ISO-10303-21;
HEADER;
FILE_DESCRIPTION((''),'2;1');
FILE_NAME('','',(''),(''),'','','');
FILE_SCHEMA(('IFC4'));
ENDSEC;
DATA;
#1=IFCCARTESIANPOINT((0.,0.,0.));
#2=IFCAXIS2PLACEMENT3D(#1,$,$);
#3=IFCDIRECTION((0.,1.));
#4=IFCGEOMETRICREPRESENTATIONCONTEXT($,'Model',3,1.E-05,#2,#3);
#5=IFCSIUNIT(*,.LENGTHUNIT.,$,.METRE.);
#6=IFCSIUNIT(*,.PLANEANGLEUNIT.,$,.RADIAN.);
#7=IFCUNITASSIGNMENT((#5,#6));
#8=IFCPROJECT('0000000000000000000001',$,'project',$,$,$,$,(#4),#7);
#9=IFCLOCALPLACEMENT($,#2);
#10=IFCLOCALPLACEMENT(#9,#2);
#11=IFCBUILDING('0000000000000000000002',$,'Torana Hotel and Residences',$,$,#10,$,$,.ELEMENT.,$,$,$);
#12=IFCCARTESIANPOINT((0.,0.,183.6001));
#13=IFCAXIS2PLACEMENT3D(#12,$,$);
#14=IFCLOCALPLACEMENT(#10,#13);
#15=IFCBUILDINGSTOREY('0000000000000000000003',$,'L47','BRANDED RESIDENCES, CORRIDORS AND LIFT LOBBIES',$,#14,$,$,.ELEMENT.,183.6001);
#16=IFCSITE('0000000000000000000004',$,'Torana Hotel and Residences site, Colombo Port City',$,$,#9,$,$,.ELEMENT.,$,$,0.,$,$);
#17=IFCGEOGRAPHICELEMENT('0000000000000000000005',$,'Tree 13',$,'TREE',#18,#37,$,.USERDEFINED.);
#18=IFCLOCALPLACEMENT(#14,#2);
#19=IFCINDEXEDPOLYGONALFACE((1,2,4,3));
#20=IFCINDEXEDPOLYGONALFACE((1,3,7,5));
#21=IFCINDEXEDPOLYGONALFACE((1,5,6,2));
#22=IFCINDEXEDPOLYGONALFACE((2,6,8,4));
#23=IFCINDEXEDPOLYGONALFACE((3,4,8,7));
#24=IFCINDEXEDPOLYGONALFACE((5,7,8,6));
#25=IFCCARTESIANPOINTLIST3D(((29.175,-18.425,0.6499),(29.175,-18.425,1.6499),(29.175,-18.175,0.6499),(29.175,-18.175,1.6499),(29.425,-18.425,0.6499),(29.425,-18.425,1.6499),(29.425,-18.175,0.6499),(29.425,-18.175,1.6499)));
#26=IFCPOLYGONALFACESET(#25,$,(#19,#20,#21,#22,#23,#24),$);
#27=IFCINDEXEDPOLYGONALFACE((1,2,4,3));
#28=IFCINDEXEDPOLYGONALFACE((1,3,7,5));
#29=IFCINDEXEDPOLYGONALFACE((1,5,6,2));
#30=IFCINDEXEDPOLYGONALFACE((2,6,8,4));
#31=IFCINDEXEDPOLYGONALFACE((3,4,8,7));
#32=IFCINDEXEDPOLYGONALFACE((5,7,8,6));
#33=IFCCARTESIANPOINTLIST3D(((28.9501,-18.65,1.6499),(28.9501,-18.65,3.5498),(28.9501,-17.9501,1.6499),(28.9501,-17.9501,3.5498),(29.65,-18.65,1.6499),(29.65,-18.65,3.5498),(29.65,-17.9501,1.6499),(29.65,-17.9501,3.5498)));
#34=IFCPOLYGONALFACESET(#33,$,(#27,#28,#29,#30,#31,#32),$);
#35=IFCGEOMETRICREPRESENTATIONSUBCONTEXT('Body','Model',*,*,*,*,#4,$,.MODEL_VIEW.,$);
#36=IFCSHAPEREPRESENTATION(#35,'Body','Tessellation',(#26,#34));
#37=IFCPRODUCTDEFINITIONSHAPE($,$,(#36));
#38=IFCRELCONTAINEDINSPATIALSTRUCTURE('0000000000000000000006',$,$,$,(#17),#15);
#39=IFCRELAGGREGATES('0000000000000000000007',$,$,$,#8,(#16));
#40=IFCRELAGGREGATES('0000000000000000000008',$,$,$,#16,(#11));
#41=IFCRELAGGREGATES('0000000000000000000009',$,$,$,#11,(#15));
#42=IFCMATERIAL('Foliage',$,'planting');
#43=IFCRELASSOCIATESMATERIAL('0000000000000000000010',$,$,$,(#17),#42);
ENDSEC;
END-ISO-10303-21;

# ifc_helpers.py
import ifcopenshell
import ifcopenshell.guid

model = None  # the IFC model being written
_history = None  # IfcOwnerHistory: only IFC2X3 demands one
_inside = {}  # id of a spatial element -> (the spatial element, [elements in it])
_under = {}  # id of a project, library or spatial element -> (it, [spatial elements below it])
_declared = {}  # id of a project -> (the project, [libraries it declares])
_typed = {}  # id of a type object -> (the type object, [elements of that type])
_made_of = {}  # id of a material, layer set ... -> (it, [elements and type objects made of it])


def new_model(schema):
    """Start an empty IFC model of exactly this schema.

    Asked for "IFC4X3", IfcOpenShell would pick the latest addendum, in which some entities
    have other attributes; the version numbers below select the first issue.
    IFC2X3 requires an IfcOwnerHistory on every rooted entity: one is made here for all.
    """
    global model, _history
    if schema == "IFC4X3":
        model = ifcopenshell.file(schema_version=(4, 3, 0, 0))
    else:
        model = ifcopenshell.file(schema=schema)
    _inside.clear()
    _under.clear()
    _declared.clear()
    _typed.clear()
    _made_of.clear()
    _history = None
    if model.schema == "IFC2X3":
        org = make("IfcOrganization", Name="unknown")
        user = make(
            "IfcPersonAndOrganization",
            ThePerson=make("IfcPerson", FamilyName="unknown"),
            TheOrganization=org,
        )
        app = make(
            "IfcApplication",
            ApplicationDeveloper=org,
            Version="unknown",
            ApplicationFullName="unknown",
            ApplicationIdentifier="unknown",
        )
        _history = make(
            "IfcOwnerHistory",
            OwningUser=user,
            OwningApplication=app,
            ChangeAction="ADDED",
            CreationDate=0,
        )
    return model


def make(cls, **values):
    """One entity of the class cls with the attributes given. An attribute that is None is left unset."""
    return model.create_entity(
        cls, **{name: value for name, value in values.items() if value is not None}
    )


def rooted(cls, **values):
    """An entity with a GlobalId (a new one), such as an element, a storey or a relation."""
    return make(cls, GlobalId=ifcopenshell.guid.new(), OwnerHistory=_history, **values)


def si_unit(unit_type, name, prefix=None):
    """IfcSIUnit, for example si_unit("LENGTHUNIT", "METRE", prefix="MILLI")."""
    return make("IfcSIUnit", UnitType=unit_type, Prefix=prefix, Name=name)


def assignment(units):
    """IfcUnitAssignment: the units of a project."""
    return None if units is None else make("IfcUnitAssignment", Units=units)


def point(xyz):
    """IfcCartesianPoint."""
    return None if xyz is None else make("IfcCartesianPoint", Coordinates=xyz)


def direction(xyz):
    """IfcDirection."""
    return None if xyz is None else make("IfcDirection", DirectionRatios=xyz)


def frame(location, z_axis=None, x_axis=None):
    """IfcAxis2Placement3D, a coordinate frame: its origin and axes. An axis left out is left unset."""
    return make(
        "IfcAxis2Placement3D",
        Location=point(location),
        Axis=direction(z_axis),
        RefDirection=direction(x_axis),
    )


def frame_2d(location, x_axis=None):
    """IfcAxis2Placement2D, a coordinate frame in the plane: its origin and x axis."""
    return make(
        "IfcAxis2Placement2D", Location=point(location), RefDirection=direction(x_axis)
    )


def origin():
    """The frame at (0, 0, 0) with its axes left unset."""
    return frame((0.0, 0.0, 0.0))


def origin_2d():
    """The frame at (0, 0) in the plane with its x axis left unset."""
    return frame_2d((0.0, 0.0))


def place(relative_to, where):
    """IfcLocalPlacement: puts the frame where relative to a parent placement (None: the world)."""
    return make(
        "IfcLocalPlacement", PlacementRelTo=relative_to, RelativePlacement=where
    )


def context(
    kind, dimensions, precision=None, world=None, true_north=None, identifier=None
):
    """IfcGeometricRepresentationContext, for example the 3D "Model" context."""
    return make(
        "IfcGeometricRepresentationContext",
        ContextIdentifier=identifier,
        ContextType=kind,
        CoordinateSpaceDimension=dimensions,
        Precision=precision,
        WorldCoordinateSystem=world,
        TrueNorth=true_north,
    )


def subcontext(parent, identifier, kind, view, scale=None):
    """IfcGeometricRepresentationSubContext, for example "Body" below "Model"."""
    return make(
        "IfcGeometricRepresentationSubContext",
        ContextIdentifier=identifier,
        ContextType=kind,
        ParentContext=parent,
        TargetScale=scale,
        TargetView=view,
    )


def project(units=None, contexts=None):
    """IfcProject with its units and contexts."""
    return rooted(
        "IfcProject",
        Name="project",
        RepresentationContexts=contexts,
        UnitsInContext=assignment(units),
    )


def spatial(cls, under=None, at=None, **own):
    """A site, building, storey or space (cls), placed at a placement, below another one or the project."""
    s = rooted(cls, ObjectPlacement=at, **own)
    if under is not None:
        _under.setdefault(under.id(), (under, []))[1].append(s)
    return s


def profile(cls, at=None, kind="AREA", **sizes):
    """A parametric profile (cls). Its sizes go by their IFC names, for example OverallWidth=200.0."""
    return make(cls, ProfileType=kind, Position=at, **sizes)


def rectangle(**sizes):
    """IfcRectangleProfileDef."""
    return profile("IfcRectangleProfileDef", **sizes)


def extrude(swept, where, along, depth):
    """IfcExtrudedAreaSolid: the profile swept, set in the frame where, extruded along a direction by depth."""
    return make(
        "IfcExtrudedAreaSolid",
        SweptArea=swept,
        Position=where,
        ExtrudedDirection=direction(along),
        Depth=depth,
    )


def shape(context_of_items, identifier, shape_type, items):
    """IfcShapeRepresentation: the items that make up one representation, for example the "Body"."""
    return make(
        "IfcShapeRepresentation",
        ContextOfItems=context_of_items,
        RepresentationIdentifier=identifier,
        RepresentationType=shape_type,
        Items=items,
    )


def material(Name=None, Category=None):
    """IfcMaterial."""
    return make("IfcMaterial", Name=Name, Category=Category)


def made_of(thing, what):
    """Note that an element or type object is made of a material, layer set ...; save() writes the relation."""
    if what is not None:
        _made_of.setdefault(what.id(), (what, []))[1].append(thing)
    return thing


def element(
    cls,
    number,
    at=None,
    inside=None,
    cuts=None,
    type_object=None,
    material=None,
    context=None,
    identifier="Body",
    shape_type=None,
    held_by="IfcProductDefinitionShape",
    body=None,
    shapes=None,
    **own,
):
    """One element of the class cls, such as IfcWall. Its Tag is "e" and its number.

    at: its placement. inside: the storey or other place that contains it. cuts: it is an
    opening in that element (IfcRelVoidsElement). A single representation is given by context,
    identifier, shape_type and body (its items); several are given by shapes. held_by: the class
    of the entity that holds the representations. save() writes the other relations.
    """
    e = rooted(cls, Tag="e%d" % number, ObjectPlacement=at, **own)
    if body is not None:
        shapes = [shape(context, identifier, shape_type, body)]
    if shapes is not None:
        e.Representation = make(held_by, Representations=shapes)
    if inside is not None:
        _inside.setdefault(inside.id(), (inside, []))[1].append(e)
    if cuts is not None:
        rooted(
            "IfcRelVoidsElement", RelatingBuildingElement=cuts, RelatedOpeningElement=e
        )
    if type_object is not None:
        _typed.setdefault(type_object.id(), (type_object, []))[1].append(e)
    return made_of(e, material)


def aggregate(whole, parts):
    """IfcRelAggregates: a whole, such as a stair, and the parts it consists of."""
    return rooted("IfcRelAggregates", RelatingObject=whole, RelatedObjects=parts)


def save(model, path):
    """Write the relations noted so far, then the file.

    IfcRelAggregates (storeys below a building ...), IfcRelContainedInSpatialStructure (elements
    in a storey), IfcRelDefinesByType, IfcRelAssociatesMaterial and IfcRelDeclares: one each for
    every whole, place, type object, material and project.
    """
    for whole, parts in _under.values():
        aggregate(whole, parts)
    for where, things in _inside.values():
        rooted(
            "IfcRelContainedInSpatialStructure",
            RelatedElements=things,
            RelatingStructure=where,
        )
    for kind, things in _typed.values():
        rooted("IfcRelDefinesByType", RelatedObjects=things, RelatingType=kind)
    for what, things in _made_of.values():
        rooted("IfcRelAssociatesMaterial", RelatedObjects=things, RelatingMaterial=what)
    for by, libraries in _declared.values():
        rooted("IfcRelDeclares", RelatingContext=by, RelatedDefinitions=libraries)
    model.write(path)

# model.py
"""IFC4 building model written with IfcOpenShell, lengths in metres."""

from ifc_helpers import new_model, si_unit, direction, frame, origin, origin_2d, place, context, subcontext, project, spatial, rectangle, extrude, material, element, save


model = new_model("IFC4")

# Units and contexts
model_context = context("Model", 3, precision=1e-05, world=origin(), true_north=direction((0.0, 1.0)))
body_context = subcontext(model_context, "Body", "Model", "MODEL_VIEW")
ifc_project = project(units=[si_unit("LENGTHUNIT", "METRE"), si_unit("PLANEANGLEUNIT", "RADIAN")], contexts=[model_context])

# Site, building, storey
site_placement = place(None, origin())
site = spatial("IfcSite", under=ifc_project, at=site_placement, Name="Torana Hotel and Residences site, Colombo Port City", CompositionType="ELEMENT", RefElevation=0.0)
building_placement = place(site_placement, origin())
building = spatial("IfcBuilding", under=site, at=building_placement, Name="Torana Hotel and Residences", CompositionType="ELEMENT")
storey_placement = place(building_placement, frame((0.0, 0.0, 183.6001)))
storey = spatial("IfcBuildingStorey", under=building, at=storey_placement, Name="L47", Description="BRANDED RESIDENCES, CORRIDORS AND LIFT LOBBIES", CompositionType="ELEMENT", Elevation=183.6001)

# Geographic element
ifc_material_1 = material(Name="Foliage", Category="planting")
geographic_element_placement = place(storey_placement, frame((29.3, -18.3, 0.6499), z_axis=(0.0, 0.0, 1.0), x_axis=(1.0, 0.0, 0.0)))
element("IfcGeographicElement", 1, at=geographic_element_placement, inside=storey, material=ifc_material_1, Name="Tree 13", ObjectType="TREE", PredefinedType="USERDEFINED", context=body_context, shape_type="SweptSolid", body=[
    extrude(rectangle(XDim=0.25, YDim=0.25, at=origin_2d()), origin(), (0.0, 0.0, 1.0), 1.0),
    extrude(rectangle(XDim=0.7, YDim=0.7, at=origin_2d()), frame((0.0, 0.0, 1.0)), (0.0, 0.0, 1.0), 1.8999),
])

save(model, "model.ifc")
